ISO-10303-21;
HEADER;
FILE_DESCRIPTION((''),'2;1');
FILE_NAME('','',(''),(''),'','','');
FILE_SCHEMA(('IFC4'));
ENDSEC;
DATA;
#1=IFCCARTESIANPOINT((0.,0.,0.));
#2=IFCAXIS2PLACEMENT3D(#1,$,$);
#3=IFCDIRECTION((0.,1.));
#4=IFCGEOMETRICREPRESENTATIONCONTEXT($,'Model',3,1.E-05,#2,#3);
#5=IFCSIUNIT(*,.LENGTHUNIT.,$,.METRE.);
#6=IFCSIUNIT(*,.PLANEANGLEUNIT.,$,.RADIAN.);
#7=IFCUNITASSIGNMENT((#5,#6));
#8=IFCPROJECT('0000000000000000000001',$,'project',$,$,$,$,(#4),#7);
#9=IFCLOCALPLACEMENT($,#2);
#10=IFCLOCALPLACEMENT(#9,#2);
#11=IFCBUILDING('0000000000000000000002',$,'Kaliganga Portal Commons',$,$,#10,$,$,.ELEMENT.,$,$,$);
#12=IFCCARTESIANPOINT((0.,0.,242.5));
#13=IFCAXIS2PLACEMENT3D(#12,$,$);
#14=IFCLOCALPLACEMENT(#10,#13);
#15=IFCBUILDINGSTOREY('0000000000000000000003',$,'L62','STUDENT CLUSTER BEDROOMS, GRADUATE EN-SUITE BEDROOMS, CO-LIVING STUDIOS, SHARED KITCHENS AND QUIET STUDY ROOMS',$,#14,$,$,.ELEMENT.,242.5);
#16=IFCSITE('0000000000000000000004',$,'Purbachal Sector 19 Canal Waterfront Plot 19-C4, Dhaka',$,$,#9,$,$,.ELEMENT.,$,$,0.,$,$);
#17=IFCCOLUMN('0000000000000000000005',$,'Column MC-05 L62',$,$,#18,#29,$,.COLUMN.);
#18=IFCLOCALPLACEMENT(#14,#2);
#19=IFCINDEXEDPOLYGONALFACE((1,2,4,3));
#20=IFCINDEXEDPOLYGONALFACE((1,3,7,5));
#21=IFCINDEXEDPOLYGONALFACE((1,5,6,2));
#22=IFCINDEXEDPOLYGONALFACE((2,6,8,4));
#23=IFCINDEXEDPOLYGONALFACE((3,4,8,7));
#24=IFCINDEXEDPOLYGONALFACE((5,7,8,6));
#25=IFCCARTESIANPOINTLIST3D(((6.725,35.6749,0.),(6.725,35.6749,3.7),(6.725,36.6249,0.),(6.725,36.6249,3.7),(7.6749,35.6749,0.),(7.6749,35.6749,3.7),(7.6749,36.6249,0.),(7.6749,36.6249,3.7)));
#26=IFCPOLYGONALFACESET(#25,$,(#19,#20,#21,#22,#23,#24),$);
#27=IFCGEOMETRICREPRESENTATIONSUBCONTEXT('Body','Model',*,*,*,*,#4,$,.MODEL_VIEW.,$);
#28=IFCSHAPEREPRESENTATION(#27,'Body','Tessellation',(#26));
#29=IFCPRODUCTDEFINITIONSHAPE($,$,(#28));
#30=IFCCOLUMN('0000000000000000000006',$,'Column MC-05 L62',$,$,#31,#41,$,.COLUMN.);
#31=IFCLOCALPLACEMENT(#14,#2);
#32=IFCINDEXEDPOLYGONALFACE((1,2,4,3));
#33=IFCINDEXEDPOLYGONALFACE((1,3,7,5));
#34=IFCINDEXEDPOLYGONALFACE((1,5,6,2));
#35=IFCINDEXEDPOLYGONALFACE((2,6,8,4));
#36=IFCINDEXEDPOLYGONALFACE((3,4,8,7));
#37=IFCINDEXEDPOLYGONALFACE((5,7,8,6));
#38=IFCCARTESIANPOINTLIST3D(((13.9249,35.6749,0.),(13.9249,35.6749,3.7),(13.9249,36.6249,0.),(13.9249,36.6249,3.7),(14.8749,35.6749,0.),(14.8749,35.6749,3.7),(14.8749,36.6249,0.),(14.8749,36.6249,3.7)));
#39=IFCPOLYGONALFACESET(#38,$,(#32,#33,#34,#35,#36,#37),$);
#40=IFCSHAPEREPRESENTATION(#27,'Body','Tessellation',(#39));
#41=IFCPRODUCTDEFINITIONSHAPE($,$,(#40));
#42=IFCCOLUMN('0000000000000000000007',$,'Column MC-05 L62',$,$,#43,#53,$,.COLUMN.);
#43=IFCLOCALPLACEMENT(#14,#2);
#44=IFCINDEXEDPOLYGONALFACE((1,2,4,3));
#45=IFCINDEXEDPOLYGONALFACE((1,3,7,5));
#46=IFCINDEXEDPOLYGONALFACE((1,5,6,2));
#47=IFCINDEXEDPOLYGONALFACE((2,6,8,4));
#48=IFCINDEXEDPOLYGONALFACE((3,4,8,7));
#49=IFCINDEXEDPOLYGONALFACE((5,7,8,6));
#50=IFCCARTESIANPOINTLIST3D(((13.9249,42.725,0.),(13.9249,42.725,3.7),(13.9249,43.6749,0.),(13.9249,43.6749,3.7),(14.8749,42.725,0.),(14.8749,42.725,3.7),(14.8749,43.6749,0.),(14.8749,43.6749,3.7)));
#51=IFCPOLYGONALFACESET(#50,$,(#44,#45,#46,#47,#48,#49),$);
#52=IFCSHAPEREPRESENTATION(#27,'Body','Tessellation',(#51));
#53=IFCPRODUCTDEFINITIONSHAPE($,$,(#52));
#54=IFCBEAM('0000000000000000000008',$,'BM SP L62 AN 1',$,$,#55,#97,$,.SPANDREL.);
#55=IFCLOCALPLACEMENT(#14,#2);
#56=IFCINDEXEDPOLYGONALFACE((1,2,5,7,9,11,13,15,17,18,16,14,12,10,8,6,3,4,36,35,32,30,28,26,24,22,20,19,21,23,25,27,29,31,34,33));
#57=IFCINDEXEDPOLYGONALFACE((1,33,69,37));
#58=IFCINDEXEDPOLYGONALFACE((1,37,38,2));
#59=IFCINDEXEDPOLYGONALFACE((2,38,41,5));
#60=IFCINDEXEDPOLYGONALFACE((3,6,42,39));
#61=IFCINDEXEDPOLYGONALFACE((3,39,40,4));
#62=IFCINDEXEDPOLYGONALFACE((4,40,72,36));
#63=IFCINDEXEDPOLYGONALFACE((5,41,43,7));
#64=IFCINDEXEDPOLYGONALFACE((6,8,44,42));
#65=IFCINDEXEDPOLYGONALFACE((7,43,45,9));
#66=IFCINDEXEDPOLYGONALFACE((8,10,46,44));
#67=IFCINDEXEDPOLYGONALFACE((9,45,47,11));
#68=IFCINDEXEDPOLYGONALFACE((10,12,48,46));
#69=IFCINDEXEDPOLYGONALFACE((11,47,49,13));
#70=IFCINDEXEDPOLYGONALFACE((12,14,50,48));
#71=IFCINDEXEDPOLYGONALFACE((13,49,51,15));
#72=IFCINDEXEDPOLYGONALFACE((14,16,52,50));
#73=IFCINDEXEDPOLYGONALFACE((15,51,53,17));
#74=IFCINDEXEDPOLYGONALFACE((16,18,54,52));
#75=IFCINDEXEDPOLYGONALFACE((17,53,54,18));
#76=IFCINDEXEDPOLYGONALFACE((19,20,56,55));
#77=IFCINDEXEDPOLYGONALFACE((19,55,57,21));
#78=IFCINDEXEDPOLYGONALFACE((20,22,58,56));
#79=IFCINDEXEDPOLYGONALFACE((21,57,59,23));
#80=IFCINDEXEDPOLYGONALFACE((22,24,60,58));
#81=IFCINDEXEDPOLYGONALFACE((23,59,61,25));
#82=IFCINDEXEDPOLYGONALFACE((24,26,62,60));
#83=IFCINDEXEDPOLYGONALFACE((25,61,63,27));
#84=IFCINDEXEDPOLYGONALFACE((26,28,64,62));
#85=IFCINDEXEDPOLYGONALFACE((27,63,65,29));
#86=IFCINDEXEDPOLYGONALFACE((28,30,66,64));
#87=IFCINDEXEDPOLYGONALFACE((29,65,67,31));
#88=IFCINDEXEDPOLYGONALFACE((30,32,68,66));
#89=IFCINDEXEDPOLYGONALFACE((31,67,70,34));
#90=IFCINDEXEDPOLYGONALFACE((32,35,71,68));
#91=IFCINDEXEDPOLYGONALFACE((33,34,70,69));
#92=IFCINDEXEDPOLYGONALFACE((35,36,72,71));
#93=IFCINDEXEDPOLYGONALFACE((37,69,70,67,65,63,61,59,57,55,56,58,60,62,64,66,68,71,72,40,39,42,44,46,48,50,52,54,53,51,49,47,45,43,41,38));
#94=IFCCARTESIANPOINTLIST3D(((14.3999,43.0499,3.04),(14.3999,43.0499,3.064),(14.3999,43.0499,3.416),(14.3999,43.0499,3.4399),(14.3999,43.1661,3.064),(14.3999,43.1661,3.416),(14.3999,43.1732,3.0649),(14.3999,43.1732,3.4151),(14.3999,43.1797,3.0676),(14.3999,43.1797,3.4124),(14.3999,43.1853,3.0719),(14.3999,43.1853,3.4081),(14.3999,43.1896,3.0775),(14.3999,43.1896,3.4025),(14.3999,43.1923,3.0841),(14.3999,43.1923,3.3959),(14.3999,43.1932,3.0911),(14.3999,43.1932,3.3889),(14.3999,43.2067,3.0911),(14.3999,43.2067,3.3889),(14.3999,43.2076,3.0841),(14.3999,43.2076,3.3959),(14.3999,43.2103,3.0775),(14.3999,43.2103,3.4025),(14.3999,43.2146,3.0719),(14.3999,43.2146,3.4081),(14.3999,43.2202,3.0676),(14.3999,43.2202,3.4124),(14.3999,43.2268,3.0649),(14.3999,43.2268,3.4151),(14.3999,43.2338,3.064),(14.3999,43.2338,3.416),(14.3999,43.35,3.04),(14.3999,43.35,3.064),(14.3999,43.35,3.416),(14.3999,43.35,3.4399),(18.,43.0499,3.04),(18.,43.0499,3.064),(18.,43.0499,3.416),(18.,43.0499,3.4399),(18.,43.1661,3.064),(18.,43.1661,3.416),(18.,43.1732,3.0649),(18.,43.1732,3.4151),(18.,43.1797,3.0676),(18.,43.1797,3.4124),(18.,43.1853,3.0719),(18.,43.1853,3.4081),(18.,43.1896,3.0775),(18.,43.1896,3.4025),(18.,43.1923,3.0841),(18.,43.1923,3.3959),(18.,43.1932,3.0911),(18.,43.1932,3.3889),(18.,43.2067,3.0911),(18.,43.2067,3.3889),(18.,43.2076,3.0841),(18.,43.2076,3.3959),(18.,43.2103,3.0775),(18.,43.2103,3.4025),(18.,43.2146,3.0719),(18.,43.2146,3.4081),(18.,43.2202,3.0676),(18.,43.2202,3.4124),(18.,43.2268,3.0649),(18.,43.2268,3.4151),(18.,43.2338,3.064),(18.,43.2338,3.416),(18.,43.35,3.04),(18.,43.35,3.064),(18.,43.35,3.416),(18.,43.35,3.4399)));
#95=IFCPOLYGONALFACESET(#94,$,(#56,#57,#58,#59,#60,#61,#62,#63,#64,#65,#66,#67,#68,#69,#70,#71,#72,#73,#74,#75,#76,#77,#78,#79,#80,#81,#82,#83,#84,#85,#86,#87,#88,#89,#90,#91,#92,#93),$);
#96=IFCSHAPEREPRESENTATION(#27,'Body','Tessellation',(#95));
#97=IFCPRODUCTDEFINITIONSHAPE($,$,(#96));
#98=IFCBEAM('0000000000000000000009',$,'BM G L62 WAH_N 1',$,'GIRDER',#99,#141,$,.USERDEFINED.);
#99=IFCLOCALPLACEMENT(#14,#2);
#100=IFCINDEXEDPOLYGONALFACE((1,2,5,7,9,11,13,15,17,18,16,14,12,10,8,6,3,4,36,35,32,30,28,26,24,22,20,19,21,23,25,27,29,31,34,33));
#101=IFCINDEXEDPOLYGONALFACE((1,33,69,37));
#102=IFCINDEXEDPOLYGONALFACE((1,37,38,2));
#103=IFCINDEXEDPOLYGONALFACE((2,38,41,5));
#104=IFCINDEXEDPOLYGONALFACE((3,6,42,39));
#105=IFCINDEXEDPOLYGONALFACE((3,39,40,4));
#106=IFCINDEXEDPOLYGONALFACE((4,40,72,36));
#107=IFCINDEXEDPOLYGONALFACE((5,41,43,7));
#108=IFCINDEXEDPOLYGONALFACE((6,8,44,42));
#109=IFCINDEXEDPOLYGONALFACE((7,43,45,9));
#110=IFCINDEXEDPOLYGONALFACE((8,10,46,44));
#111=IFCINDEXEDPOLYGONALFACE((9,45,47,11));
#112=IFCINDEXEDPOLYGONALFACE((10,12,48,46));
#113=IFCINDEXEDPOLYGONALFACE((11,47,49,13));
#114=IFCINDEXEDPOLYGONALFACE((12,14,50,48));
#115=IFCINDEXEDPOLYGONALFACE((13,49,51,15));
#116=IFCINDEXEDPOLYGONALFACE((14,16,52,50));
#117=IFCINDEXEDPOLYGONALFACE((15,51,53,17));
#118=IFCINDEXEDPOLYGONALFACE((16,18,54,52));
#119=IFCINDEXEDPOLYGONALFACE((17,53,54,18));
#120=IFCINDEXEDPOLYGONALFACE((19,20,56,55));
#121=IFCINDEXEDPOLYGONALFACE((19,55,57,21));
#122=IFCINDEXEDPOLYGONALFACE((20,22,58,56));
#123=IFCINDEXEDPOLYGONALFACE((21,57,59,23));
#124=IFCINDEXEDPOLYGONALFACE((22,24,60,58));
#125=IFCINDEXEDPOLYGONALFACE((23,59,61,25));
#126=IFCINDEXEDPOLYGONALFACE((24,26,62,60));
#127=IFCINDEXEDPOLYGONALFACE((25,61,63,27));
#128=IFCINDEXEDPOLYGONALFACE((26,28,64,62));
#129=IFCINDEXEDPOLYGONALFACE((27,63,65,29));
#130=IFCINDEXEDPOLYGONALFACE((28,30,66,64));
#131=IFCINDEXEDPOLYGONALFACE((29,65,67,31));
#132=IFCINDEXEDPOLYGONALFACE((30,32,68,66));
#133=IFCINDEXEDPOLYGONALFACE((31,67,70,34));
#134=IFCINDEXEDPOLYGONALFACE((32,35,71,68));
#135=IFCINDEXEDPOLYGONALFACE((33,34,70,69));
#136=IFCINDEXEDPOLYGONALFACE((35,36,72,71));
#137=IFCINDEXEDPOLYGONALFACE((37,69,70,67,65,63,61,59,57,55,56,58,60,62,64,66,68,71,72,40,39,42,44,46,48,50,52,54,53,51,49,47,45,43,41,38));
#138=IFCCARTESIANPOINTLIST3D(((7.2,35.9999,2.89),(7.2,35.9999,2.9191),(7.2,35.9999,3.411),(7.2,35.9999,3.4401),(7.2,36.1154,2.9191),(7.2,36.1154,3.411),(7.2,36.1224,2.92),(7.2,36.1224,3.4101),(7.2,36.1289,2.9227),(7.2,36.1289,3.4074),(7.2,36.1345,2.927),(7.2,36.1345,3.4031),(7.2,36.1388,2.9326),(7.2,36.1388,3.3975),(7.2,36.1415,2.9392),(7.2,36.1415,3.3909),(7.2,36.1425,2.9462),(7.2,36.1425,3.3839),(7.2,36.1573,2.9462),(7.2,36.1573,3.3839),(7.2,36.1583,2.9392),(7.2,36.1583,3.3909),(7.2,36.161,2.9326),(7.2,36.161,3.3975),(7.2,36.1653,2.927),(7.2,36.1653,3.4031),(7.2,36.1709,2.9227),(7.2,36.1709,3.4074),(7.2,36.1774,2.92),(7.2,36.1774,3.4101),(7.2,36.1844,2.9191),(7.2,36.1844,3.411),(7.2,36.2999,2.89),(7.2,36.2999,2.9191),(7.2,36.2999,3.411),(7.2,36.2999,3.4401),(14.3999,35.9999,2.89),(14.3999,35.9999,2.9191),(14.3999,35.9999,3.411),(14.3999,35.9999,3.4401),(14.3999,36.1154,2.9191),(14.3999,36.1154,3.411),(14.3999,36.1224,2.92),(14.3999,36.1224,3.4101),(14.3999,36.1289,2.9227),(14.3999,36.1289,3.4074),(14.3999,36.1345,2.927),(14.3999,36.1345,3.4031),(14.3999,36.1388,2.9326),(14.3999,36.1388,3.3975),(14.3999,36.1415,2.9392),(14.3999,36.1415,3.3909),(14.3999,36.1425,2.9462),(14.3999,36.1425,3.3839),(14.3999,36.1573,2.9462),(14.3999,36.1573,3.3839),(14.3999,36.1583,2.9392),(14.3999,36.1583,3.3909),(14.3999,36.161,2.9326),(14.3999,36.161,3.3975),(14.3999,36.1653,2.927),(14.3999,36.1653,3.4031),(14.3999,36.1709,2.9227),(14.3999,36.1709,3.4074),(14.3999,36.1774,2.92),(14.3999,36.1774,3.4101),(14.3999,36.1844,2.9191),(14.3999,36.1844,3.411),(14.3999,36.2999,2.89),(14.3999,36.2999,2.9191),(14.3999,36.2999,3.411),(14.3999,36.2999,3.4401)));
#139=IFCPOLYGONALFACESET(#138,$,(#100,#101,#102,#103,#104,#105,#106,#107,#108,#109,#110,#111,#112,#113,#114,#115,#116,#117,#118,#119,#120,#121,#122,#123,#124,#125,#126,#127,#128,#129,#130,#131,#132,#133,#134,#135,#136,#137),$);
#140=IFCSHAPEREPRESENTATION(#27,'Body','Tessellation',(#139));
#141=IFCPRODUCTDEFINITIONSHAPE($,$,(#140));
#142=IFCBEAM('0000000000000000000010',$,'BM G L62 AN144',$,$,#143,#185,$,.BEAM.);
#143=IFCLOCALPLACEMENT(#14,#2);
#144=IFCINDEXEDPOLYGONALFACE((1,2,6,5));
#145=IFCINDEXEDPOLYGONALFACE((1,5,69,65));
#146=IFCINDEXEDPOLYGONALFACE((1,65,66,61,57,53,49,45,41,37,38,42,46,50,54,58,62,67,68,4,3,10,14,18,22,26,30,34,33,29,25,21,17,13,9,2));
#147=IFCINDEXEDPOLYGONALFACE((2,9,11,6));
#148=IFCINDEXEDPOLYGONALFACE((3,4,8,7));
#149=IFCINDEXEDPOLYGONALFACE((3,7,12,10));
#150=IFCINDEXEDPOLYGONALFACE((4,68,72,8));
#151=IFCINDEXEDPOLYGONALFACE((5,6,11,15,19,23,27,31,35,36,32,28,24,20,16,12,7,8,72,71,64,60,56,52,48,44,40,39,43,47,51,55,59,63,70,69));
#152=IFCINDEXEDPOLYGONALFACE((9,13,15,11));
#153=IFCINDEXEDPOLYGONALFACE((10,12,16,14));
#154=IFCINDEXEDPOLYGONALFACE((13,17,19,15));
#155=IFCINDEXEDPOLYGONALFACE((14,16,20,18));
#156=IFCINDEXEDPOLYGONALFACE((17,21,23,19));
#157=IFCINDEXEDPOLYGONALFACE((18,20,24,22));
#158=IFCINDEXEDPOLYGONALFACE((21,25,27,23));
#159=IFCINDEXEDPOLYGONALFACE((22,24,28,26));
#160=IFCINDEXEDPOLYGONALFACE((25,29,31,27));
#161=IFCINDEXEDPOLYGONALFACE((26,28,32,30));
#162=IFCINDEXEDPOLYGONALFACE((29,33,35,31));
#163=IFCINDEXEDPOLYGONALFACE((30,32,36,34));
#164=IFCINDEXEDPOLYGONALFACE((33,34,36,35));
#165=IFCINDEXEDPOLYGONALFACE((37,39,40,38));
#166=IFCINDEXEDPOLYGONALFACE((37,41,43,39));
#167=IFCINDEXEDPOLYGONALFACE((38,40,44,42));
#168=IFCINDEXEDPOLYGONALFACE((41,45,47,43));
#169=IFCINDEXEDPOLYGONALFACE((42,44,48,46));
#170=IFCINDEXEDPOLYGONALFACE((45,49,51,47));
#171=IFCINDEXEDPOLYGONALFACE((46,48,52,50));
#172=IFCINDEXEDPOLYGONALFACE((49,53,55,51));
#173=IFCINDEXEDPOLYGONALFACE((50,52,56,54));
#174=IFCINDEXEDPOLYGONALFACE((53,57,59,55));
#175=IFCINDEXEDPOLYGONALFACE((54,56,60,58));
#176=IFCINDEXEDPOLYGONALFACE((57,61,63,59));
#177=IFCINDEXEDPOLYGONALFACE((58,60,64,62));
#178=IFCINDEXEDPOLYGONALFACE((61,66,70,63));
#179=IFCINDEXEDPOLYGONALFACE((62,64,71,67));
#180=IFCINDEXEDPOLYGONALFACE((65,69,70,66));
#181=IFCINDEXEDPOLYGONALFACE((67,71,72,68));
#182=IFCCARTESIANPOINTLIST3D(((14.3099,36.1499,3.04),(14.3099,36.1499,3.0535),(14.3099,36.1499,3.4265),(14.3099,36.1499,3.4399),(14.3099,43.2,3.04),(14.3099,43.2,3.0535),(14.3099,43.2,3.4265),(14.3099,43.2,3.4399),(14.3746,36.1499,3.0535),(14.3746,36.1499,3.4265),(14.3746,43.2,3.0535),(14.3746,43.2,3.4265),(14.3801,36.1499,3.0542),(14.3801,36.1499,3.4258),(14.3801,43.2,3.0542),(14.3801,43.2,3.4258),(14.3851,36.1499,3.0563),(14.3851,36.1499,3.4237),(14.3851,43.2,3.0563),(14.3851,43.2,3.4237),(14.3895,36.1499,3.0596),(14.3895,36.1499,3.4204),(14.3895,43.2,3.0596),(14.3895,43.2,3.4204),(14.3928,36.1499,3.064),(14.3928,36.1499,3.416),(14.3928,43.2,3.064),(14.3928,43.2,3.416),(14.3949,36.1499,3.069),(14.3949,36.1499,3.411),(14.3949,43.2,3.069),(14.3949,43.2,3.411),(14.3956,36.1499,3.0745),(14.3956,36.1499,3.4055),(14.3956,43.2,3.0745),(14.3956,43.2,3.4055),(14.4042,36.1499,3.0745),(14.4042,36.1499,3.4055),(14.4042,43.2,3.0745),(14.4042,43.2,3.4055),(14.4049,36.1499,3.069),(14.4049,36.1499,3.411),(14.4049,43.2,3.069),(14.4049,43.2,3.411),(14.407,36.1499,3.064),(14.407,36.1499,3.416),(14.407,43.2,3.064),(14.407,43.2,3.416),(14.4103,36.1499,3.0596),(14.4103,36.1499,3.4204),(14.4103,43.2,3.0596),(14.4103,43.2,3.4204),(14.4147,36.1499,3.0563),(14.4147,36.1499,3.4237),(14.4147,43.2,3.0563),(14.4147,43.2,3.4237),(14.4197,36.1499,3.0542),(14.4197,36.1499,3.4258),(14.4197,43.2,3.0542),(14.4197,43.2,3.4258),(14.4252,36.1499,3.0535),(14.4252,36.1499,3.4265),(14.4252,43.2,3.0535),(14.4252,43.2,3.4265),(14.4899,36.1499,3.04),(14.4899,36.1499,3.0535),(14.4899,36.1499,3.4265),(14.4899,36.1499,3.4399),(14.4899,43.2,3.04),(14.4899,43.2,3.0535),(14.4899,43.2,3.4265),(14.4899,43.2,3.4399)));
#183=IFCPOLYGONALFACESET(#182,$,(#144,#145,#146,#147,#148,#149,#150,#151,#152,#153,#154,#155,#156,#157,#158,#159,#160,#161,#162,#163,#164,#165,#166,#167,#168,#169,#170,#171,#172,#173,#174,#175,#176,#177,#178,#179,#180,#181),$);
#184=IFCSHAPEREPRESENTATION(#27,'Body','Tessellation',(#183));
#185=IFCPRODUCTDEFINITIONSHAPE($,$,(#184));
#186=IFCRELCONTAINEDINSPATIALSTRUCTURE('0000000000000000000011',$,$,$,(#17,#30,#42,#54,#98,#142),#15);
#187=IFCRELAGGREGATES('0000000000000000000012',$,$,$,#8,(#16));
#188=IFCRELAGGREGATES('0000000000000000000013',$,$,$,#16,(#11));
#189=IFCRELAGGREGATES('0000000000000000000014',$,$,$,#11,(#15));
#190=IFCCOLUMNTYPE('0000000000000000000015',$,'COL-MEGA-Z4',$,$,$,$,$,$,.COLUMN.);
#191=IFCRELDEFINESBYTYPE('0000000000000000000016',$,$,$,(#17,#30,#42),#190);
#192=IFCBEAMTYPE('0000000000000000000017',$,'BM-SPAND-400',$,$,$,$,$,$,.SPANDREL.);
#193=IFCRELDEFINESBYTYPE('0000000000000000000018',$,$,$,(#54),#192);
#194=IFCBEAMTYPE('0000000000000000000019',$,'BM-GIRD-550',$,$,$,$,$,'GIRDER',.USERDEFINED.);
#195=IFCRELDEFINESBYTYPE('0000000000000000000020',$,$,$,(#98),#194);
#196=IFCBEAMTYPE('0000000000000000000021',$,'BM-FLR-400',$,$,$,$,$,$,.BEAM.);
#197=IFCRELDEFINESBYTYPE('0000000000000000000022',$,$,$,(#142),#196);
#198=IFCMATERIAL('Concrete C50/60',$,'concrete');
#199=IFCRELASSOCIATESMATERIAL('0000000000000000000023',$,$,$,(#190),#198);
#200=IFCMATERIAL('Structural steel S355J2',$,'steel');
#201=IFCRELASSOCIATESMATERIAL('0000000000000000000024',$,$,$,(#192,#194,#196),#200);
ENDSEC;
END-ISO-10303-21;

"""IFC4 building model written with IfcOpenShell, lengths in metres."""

from ifc_helpers import new_model, si_unit, direction, frame, origin, origin_2d, place, context, subcontext, project, spatial, rectangle, i_section, extrude, source, transform, mapped, material, material_profile, profile_set, type_object, element, save


model = new_model("IFC4")

# Units and contexts
model_context = context("Model", 3, precision=1e-05, world=origin(), true_north=direction((0.0, 1.0)))
body_context = subcontext(model_context, "Body", "Model", "MODEL_VIEW")
ifc_project = project(units=[si_unit("LENGTHUNIT", "METRE"), si_unit("PLANEANGLEUNIT", "RADIAN")], contexts=[model_context])

# Site, building, storey
site_placement = place(None, origin())
site = spatial("IfcSite", under=ifc_project, at=site_placement, Name="Purbachal Sector 19 Canal Waterfront Plot 19-C4, Dhaka", CompositionType="ELEMENT", RefElevation=0.0)
building_placement = place(site_placement, origin())
building = spatial("IfcBuilding", under=site, at=building_placement, Name="Kaliganga Portal Commons", CompositionType="ELEMENT")
storey_placement = place(building_placement, frame((0.0, 0.0, 242.5)))
storey = spatial("IfcBuildingStorey", under=building, at=storey_placement, Name="L62", Description="STUDENT CLUSTER BEDROOMS, GRADUATE EN-SUITE BEDROOMS, CO-LIVING STUDIOS, SHARED KITCHENS AND QUIET STUDY ROOMS", CompositionType="ELEMENT", Elevation=242.5)

# Columns
ifc_material_1 = material(Name="Concrete C50/60", Category="concrete")
ifc_material_profile_1 = material_profile(ifc_material_1, rectangle(XDim=0.95, YDim=0.95, at=origin_2d()), Name="RC 950x950")
ifc_profile_set_1 = profile_set([ifc_material_profile_1], Name="Concrete C50/60")
column_type = type_object("IfcColumnType", Name="COL-MEGA-Z4", PredefinedType="COLUMN", material=ifc_profile_set_1)
shared_shape_1 = source(origin(), body_context, "Body", "SweptSolid", [
    extrude(rectangle(XDim=0.95, YDim=0.95, at=origin_2d()), origin(), (0.0, 0.0, 1.0), 3.7),
])
for number, where, z_axis, x_axis, name in (
    (1, (7.2, 36.1499, 0.0), (0.0, 0.0, 1.0), (1.0, 0.0, 0.0), "Column MC-05 L62"),
    (2, (14.3999, 36.1499, 0.0), (0.0, 0.0, 1.0), (1.0, 0.0, 0.0), "Column MC-05 L62"),
    (3, (14.3999, 43.2, 0.0), (0.0, 0.0, 1.0), (1.0, 0.0, 0.0), "Column MC-05 L62"),
):
    element("IfcColumn", number, at=place(storey_placement, frame(where, z_axis=z_axis, x_axis=x_axis)), inside=storey, type_object=column_type, Name=name, PredefinedType="COLUMN", context=body_context, shape_type="MappedRepresentation", body=[
        mapped(shared_shape_1, transform((0.0, 0.0, 0.0), x_axis=(1.0, 0.0, 0.0), y_axis=(0.0, 1.0, 0.0), z_axis=(0.0, 0.0, 1.0), scale=1.0)),
    ])

# Beams
ifc_material_2 = material(Name="Structural steel S355J2", Category="steel")
ifc_material_profile_2 = material_profile(ifc_material_2, i_section(OverallWidth=0.3, OverallDepth=0.3999, WebThickness=0.0134, FlangeThickness=0.0239, FilletRadius=0.0271, at=origin_2d()), Name="HE 400 B")
ifc_profile_set_2 = profile_set([ifc_material_profile_2], Name="Structural steel S355J2 wide-flange")
beam_type_1 = type_object("IfcBeamType", Name="BM-SPAND-400", PredefinedType="SPANDREL", material=ifc_profile_set_2)
shared_shape_2 = source(origin(), body_context, "Body", "SweptSolid", [
    extrude(i_section(OverallWidth=0.3, OverallDepth=0.3999, WebThickness=0.0134, FlangeThickness=0.0239, FilletRadius=0.0271, at=origin_2d()), origin(), (0.0, 0.0, 1.0), 3.6001),
])
beam_1_placement = place(storey_placement, frame((14.3999, 43.2, 3.24), z_axis=(1.0, 0.0, 0.0), x_axis=(0.0, 1.0, 0.0)))
element("IfcBeam", 4, at=beam_1_placement, inside=storey, type_object=beam_type_1, Name="BM SP L62 AN 1", PredefinedType="SPANDREL", context=body_context, shape_type="MappedRepresentation", body=[
    mapped(shared_shape_2, transform((0.0, 0.0, 0.0), x_axis=(1.0, 0.0, 0.0), y_axis=(0.0, 1.0, 0.0), z_axis=(0.0, 0.0, 1.0), scale=1.0)),
])
ifc_material_profile_3 = material_profile(ifc_material_2, i_section(OverallWidth=0.3, OverallDepth=0.55, WebThickness=0.0149, FlangeThickness=0.0291, FilletRadius=0.0271, at=origin_2d()), Name="HE 550 B")
ifc_profile_set_3 = profile_set([ifc_material_profile_3], Name="Structural steel S355J2 wide-flange")
beam_type_2 = type_object("IfcBeamType", Name="BM-GIRD-550", ElementType="GIRDER", PredefinedType="USERDEFINED", material=ifc_profile_set_3)
shared_shape_3 = source(origin(), body_context, "Body", "SweptSolid", [
    extrude(i_section(OverallWidth=0.3, OverallDepth=0.55, WebThickness=0.0149, FlangeThickness=0.0291, FilletRadius=0.0271, at=origin_2d()), origin(), (0.0, 0.0, 1.0), 7.2),
])
beam_2_placement = place(storey_placement, frame((7.2, 36.1499, 3.165), z_axis=(1.0, 0.0, 0.0), x_axis=(0.0, 1.0, 0.0)))
element("IfcBeam", 5, at=beam_2_placement, inside=storey, type_object=beam_type_2, Name="BM G L62 WAH_N 1", ObjectType="GIRDER", PredefinedType="USERDEFINED", context=body_context, shape_type="MappedRepresentation", body=[
    mapped(shared_shape_3, transform((0.0, 0.0, 0.0), x_axis=(1.0, 0.0, 0.0), y_axis=(0.0, 1.0, 0.0), z_axis=(0.0, 0.0, 1.0), scale=1.0)),
])
ifc_material_profile_4 = material_profile(ifc_material_2, i_section(OverallWidth=0.1799, OverallDepth=0.3999, WebThickness=0.0085, FlangeThickness=0.0134, FilletRadius=0.021, at=origin_2d()), Name="IPE 400")
ifc_profile_set_4 = profile_set([ifc_material_profile_4], Name="Structural steel S355J2 wide-flange")
beam_type_3 = type_object("IfcBeamType", Name="BM-FLR-400", PredefinedType="BEAM", material=ifc_profile_set_4)
shared_shape_4 = source(origin(), body_context, "Body", "SweptSolid", [
    extrude(i_section(OverallWidth=0.1799, OverallDepth=0.3999, WebThickness=0.0085, FlangeThickness=0.0134, FilletRadius=0.021, at=origin_2d()), origin(), (0.0, 0.0, 1.0), 7.05),
])
beam_3_placement = place(storey_placement, frame((14.3999, 36.1499, 3.24), z_axis=(0.0, 1.0, 0.0), x_axis=(-1.0, 0.0, 0.0)))
element("IfcBeam", 6, at=beam_3_placement, inside=storey, type_object=beam_type_3, Name="BM G L62 AN144", PredefinedType="BEAM", context=body_context, shape_type="MappedRepresentation", body=[
    mapped(shared_shape_4, transform((0.0, 0.0, 0.0), x_axis=(1.0, 0.0, 0.0), y_axis=(0.0, 1.0, 0.0), z_axis=(0.0, 0.0, 1.0), scale=1.0)),
])

save(model, "model.ifc")
